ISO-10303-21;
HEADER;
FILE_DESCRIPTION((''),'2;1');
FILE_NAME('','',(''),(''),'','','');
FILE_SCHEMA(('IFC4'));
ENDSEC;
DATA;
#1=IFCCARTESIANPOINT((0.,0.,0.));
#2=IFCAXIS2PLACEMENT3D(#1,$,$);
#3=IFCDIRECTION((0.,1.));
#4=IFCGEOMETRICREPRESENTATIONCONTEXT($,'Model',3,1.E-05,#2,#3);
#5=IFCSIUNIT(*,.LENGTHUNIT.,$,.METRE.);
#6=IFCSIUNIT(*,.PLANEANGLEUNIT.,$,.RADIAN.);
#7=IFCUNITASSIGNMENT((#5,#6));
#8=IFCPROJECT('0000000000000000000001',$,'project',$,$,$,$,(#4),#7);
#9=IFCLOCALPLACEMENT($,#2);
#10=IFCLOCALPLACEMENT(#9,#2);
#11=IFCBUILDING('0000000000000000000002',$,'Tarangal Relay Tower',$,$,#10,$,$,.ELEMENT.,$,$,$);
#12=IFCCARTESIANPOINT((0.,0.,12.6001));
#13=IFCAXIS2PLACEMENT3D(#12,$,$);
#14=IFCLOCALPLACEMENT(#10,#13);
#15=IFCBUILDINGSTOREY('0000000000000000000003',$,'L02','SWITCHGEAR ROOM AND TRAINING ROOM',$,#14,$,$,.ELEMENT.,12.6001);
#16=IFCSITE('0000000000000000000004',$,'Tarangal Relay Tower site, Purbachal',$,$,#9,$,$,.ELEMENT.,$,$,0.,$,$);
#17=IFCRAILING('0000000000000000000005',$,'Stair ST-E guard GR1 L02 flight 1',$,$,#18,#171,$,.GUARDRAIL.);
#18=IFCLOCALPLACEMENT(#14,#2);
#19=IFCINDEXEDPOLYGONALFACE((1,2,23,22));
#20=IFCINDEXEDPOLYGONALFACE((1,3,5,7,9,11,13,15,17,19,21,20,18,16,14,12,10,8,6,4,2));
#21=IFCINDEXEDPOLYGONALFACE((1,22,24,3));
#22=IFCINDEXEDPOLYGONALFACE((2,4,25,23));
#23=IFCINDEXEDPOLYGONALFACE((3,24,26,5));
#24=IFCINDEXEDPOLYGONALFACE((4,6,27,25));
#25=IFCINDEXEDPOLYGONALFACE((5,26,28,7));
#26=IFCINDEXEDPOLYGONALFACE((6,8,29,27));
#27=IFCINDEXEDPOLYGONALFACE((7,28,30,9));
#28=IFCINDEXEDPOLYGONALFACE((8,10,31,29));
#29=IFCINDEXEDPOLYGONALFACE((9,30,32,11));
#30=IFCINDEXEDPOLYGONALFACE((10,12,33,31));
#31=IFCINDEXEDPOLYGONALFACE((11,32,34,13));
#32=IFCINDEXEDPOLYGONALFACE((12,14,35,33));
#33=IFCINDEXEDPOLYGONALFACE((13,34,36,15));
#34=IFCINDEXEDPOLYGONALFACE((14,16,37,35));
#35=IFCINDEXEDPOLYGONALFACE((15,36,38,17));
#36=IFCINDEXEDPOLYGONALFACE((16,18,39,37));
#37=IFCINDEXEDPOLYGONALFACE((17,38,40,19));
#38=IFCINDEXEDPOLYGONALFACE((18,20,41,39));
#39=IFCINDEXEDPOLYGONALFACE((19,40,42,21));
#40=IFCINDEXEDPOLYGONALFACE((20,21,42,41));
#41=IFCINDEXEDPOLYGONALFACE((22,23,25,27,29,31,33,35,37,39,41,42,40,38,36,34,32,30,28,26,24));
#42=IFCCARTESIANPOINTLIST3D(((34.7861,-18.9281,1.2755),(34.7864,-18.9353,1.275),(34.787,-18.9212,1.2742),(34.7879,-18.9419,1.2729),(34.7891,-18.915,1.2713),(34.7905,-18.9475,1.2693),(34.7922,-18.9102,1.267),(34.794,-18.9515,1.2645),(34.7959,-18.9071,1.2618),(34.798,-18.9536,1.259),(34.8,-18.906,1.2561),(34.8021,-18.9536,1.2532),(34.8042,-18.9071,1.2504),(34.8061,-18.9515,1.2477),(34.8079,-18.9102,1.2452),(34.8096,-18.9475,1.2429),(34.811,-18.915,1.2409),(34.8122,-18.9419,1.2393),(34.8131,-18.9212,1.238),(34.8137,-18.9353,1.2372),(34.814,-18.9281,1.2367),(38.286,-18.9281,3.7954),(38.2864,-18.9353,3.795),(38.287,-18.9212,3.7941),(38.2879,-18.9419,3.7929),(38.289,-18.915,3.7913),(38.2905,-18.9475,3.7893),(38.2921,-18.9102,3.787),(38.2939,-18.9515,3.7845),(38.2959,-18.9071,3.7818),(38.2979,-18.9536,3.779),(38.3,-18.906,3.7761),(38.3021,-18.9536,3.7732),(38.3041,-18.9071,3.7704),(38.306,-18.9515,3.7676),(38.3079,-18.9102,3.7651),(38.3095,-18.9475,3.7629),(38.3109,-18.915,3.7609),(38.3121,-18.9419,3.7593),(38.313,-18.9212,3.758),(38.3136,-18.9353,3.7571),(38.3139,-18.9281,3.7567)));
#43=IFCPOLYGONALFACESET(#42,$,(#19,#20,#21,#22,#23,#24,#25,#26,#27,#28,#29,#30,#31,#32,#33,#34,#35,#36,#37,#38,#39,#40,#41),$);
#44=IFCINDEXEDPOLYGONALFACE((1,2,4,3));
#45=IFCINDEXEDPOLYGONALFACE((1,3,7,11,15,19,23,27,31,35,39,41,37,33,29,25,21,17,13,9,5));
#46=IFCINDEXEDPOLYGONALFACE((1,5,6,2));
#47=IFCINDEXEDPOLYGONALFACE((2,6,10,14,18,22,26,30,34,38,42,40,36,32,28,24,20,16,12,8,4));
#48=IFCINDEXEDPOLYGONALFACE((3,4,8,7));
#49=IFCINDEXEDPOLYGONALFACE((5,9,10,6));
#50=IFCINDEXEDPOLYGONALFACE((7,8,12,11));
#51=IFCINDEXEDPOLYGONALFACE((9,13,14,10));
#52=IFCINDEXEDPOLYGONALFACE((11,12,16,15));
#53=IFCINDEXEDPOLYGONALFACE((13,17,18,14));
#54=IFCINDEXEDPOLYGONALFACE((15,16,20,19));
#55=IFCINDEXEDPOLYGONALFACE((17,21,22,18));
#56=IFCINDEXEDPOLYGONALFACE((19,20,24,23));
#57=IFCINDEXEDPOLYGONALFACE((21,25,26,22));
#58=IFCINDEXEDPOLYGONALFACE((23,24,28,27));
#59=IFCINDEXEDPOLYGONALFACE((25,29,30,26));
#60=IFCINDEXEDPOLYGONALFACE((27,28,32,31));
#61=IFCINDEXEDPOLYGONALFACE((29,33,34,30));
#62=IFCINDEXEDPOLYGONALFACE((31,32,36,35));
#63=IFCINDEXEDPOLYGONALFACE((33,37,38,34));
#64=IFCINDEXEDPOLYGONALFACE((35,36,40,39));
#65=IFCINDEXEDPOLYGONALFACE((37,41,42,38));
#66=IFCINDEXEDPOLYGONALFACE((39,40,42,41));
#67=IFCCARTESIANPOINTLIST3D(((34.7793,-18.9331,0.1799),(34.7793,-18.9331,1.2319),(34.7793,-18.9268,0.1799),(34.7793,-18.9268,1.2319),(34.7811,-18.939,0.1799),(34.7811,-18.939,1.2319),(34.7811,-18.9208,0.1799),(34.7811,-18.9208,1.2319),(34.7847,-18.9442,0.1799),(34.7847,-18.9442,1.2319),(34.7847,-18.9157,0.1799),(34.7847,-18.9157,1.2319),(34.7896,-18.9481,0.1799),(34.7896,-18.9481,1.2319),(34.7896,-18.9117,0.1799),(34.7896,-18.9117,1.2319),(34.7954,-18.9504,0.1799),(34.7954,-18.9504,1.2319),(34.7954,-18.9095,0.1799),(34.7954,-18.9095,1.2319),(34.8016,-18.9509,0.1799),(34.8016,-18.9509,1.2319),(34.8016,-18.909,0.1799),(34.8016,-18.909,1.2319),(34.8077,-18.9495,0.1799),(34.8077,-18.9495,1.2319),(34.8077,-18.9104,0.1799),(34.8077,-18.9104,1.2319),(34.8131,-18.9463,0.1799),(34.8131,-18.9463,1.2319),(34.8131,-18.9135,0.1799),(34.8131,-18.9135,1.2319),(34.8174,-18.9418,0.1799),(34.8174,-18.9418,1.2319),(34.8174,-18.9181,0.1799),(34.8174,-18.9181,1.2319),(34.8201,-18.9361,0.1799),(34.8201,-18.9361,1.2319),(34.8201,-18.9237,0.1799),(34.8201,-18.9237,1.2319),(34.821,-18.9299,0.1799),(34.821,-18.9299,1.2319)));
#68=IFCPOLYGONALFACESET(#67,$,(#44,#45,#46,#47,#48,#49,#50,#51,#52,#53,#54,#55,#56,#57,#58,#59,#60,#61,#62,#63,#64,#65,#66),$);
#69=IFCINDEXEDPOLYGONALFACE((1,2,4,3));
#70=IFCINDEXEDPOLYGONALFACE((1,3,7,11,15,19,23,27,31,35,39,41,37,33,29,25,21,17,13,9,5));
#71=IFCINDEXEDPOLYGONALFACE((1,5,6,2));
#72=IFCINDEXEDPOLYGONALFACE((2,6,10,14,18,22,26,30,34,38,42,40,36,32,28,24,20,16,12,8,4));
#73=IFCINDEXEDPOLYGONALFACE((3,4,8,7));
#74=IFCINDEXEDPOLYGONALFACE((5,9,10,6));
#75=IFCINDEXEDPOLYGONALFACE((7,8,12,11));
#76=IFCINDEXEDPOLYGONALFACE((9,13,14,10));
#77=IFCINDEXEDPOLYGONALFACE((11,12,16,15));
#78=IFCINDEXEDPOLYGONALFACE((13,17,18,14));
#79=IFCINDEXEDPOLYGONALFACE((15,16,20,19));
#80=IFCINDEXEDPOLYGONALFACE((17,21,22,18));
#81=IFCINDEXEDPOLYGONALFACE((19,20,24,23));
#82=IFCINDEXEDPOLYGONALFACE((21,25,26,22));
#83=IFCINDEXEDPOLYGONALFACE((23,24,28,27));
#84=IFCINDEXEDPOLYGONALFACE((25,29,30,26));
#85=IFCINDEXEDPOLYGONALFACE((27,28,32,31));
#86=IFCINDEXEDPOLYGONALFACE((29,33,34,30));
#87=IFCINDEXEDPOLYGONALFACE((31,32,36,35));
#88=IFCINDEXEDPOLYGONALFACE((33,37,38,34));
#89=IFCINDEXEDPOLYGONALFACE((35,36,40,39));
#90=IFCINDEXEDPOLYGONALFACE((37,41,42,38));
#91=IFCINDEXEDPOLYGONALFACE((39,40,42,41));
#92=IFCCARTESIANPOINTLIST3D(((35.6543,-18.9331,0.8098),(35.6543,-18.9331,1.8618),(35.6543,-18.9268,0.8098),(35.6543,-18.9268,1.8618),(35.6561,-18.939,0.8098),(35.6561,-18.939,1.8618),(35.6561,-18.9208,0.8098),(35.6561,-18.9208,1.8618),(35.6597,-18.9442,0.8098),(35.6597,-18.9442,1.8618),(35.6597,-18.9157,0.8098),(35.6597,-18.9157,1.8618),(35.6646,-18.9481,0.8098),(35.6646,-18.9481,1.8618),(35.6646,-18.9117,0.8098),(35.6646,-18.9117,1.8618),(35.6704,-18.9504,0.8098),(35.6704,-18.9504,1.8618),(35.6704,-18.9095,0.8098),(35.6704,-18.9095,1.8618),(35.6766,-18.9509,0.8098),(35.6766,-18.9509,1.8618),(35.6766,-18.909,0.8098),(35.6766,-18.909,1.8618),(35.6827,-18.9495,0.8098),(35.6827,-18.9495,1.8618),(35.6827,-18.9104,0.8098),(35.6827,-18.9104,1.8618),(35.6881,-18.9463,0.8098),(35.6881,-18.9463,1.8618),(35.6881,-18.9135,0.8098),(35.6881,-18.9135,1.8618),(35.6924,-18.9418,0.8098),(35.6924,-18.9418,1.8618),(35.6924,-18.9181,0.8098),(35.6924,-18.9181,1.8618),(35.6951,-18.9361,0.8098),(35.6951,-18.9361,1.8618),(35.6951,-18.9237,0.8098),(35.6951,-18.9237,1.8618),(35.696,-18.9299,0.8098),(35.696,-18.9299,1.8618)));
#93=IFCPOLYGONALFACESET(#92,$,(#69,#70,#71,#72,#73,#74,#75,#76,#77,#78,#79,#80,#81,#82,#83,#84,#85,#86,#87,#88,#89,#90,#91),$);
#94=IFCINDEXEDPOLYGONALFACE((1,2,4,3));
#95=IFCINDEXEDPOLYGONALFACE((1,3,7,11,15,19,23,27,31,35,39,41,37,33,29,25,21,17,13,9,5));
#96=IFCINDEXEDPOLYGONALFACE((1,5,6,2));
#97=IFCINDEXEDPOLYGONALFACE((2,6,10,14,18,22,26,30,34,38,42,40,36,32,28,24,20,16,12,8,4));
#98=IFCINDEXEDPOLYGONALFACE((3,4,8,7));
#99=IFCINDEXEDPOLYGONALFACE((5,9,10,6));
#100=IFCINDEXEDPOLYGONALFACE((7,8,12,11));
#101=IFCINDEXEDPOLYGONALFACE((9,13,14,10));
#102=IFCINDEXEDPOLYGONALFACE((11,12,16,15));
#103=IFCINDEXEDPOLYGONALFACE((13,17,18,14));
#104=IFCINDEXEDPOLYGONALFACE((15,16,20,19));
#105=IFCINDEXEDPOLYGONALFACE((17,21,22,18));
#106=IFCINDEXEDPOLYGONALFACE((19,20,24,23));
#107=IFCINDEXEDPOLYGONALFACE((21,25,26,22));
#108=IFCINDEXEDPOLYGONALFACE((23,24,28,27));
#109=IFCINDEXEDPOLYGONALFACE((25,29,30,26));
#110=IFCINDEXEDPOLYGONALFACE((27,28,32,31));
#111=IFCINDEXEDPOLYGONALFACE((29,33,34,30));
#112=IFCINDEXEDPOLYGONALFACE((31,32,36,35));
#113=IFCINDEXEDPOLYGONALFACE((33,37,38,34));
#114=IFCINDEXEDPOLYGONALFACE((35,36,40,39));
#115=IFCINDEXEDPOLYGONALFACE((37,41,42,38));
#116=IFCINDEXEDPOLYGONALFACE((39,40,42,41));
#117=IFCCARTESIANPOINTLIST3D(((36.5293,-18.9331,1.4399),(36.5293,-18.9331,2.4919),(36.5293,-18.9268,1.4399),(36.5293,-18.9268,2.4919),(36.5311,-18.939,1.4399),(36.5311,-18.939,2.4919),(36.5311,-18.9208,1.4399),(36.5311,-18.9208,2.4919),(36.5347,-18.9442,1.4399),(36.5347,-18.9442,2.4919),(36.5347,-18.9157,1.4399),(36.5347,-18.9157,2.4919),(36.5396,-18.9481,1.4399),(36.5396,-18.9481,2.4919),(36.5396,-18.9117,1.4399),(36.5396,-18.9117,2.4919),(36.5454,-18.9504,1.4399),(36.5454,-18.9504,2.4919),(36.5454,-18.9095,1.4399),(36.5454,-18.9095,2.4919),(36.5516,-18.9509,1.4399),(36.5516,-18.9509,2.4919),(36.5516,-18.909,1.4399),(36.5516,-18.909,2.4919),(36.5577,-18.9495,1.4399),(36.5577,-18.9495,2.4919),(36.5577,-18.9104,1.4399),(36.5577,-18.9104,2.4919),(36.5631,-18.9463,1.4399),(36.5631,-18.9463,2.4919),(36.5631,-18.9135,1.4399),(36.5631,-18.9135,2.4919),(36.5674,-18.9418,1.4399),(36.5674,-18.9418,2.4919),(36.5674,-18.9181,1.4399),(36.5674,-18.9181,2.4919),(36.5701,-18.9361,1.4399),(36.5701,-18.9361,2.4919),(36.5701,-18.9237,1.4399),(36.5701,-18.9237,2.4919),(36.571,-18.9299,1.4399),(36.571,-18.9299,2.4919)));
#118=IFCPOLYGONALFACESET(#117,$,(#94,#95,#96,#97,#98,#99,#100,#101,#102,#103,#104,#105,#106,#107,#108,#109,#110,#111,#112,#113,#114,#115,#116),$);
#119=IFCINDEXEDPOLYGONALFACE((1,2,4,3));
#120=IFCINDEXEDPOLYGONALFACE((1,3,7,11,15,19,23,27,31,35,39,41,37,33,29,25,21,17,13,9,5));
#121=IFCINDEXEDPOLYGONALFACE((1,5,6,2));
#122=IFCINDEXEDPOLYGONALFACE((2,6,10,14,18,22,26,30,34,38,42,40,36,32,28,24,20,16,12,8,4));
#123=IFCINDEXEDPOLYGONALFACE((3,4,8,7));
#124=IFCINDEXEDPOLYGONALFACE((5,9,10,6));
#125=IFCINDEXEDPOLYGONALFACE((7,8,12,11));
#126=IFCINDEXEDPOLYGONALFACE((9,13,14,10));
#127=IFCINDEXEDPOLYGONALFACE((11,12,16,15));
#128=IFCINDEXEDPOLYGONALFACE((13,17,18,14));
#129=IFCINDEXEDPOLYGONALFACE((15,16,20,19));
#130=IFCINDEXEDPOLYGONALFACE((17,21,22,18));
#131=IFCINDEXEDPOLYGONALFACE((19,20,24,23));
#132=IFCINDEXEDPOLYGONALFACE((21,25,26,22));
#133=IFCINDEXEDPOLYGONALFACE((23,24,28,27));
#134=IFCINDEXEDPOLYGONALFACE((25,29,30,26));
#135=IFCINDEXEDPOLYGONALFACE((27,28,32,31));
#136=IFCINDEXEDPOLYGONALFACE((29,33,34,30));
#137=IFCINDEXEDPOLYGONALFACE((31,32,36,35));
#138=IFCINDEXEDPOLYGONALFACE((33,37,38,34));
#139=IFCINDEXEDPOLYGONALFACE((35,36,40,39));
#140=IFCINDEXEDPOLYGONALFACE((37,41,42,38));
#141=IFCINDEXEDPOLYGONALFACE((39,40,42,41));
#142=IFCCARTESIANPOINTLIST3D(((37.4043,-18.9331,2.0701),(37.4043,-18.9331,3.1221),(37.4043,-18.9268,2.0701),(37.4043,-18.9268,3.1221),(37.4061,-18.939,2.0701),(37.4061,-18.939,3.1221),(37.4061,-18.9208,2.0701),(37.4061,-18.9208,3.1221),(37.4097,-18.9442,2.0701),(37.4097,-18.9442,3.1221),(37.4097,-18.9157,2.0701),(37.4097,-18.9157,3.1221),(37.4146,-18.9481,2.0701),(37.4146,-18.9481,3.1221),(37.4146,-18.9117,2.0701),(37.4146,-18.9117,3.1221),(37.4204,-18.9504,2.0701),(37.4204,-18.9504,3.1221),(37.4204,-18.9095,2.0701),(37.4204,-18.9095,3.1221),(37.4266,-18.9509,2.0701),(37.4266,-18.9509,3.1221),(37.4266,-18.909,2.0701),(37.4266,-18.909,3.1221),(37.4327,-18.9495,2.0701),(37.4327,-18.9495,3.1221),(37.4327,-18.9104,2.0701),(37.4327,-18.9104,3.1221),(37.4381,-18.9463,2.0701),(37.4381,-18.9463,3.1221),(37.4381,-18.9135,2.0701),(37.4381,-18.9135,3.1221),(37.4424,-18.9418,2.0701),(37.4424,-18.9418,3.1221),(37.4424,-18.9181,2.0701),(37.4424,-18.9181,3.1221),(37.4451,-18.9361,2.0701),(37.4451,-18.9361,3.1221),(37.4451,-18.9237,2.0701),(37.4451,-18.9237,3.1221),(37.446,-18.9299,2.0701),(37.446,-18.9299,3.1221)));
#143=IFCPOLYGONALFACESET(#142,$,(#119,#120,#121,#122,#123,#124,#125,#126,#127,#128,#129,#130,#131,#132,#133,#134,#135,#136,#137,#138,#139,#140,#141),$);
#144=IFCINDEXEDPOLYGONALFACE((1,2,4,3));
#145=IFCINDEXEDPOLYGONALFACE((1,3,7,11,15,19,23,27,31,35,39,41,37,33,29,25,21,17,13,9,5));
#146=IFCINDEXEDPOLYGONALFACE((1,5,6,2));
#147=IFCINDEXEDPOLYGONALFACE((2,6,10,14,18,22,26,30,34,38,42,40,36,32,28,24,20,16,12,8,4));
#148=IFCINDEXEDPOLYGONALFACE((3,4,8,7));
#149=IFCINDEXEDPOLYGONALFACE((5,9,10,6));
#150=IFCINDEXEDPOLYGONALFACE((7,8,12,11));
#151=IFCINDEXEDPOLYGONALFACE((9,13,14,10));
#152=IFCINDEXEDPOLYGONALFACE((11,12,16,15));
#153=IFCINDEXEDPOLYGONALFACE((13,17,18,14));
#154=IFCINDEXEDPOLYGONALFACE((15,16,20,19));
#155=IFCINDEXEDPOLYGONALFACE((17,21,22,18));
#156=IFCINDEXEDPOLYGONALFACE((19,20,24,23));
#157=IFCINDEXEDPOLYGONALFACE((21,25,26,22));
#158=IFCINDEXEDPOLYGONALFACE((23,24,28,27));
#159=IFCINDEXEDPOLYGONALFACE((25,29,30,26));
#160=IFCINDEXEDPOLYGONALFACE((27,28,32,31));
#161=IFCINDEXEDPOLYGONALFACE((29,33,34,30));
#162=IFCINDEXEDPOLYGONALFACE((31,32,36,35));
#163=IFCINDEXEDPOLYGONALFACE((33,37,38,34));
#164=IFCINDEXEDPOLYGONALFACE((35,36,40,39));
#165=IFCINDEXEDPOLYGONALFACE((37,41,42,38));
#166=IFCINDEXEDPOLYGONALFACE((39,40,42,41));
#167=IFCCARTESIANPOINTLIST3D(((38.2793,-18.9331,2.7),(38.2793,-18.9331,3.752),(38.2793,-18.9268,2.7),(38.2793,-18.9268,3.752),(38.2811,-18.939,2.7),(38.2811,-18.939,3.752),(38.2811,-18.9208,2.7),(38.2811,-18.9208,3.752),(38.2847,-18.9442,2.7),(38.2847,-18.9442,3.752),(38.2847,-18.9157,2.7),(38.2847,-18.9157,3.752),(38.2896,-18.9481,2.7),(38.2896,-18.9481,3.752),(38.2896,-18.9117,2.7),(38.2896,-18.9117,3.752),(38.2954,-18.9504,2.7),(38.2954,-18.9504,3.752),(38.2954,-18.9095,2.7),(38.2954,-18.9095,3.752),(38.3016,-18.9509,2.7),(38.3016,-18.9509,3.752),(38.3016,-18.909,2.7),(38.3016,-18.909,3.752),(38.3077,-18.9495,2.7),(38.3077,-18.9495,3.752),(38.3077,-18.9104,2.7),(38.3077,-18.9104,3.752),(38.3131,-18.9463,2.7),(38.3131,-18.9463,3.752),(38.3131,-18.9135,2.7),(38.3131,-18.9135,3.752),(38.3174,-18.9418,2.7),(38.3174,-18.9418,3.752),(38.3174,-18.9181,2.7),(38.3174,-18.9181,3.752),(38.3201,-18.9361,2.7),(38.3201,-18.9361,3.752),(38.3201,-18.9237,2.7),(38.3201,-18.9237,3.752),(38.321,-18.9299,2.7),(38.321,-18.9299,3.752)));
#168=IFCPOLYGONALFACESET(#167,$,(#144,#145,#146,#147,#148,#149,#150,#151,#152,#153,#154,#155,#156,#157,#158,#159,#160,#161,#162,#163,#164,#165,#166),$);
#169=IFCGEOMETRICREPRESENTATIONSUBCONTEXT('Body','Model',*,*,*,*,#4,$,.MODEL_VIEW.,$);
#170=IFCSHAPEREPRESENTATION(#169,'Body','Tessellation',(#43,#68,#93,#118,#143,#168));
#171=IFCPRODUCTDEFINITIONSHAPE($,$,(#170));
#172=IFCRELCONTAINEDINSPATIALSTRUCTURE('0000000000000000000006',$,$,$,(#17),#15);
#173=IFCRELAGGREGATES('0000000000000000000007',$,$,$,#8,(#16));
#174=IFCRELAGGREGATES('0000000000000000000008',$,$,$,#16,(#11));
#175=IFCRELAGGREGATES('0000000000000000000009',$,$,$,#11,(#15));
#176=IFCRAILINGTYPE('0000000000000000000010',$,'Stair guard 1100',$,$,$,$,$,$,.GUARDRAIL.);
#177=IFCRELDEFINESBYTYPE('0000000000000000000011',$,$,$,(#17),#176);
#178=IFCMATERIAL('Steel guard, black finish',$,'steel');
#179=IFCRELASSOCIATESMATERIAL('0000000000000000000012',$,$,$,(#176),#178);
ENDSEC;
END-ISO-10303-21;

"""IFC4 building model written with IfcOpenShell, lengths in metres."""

from ifc_helpers import new_model, si_unit, direction, frame, origin, origin_2d, place, context, subcontext, project, spatial, circle, extrude, material, type_object, element, save


model = new_model("IFC4")

# Units and contexts
model_context = context("Model", 3, precision=1e-05, world=origin(), true_north=direction((0.0, 1.0)))
body_context = subcontext(model_context, "Body", "Model", "MODEL_VIEW")
ifc_project = project(units=[si_unit("LENGTHUNIT", "METRE"), si_unit("PLANEANGLEUNIT", "RADIAN")], contexts=[model_context])

# Site, building, storey
site_placement = place(None, origin())
site = spatial("IfcSite", under=ifc_project, at=site_placement, Name="Tarangal Relay Tower site, Purbachal", CompositionType="ELEMENT", RefElevation=0.0)
building_placement = place(site_placement, origin())
building = spatial("IfcBuilding", under=site, at=building_placement, Name="Tarangal Relay Tower", CompositionType="ELEMENT")
storey_placement = place(building_placement, frame((0.0, 0.0, 12.6001)))
storey = spatial("IfcBuildingStorey", under=building, at=storey_placement, Name="L02", Description="SWITCHGEAR ROOM AND TRAINING ROOM", CompositionType="ELEMENT", Elevation=12.6001)

# Railing
ifc_material_1 = material(Name="Steel guard, black finish", Category="steel")
railing_type_1 = type_object("IfcRailingType", Name="Stair guard 1100", PredefinedType="GUARDRAIL", material=ifc_material_1)
railing_1_placement = place(storey_placement, frame((34.8, -18.9299, 0.1799)))
element("IfcRailing", 1, at=railing_1_placement, inside=storey, type_object=railing_type_1, Name="Stair ST-E guard GR1 L02 flight 1", PredefinedType="GUARDRAIL", context=body_context, shape_type="SweptSolid", body=[
    extrude(circle(Radius=0.0239, at=origin_2d()), frame((0.0, 0.0, 1.0762), z_axis=(0.811532, 0.0, 0.584308), x_axis=(0.0, 1.0, 0.0)), (0.0, 0.0, 1.0), 4.3127),
    extrude(circle(Radius=0.021, at=origin_2d()), origin(), (0.0, 0.0, 1.0), 1.052),
    extrude(circle(Radius=0.021, at=origin_2d()), frame((0.875, 0.0, 0.6299)), (0.0, 0.0, 1.0), 1.052),
    extrude(circle(Radius=0.021, at=origin_2d()), frame((1.75, 0.0, 1.26)), (0.0, 0.0, 1.0), 1.052),
    extrude(circle(Radius=0.021, at=origin_2d()), frame((2.625, 0.0, 1.8901)), (0.0, 0.0, 1.0), 1.052),
    extrude(circle(Radius=0.021, at=origin_2d()), frame((3.5, 0.0, 2.52)), (0.0, 0.0, 1.0), 1.052),
])

save(model, "model.ifc")
